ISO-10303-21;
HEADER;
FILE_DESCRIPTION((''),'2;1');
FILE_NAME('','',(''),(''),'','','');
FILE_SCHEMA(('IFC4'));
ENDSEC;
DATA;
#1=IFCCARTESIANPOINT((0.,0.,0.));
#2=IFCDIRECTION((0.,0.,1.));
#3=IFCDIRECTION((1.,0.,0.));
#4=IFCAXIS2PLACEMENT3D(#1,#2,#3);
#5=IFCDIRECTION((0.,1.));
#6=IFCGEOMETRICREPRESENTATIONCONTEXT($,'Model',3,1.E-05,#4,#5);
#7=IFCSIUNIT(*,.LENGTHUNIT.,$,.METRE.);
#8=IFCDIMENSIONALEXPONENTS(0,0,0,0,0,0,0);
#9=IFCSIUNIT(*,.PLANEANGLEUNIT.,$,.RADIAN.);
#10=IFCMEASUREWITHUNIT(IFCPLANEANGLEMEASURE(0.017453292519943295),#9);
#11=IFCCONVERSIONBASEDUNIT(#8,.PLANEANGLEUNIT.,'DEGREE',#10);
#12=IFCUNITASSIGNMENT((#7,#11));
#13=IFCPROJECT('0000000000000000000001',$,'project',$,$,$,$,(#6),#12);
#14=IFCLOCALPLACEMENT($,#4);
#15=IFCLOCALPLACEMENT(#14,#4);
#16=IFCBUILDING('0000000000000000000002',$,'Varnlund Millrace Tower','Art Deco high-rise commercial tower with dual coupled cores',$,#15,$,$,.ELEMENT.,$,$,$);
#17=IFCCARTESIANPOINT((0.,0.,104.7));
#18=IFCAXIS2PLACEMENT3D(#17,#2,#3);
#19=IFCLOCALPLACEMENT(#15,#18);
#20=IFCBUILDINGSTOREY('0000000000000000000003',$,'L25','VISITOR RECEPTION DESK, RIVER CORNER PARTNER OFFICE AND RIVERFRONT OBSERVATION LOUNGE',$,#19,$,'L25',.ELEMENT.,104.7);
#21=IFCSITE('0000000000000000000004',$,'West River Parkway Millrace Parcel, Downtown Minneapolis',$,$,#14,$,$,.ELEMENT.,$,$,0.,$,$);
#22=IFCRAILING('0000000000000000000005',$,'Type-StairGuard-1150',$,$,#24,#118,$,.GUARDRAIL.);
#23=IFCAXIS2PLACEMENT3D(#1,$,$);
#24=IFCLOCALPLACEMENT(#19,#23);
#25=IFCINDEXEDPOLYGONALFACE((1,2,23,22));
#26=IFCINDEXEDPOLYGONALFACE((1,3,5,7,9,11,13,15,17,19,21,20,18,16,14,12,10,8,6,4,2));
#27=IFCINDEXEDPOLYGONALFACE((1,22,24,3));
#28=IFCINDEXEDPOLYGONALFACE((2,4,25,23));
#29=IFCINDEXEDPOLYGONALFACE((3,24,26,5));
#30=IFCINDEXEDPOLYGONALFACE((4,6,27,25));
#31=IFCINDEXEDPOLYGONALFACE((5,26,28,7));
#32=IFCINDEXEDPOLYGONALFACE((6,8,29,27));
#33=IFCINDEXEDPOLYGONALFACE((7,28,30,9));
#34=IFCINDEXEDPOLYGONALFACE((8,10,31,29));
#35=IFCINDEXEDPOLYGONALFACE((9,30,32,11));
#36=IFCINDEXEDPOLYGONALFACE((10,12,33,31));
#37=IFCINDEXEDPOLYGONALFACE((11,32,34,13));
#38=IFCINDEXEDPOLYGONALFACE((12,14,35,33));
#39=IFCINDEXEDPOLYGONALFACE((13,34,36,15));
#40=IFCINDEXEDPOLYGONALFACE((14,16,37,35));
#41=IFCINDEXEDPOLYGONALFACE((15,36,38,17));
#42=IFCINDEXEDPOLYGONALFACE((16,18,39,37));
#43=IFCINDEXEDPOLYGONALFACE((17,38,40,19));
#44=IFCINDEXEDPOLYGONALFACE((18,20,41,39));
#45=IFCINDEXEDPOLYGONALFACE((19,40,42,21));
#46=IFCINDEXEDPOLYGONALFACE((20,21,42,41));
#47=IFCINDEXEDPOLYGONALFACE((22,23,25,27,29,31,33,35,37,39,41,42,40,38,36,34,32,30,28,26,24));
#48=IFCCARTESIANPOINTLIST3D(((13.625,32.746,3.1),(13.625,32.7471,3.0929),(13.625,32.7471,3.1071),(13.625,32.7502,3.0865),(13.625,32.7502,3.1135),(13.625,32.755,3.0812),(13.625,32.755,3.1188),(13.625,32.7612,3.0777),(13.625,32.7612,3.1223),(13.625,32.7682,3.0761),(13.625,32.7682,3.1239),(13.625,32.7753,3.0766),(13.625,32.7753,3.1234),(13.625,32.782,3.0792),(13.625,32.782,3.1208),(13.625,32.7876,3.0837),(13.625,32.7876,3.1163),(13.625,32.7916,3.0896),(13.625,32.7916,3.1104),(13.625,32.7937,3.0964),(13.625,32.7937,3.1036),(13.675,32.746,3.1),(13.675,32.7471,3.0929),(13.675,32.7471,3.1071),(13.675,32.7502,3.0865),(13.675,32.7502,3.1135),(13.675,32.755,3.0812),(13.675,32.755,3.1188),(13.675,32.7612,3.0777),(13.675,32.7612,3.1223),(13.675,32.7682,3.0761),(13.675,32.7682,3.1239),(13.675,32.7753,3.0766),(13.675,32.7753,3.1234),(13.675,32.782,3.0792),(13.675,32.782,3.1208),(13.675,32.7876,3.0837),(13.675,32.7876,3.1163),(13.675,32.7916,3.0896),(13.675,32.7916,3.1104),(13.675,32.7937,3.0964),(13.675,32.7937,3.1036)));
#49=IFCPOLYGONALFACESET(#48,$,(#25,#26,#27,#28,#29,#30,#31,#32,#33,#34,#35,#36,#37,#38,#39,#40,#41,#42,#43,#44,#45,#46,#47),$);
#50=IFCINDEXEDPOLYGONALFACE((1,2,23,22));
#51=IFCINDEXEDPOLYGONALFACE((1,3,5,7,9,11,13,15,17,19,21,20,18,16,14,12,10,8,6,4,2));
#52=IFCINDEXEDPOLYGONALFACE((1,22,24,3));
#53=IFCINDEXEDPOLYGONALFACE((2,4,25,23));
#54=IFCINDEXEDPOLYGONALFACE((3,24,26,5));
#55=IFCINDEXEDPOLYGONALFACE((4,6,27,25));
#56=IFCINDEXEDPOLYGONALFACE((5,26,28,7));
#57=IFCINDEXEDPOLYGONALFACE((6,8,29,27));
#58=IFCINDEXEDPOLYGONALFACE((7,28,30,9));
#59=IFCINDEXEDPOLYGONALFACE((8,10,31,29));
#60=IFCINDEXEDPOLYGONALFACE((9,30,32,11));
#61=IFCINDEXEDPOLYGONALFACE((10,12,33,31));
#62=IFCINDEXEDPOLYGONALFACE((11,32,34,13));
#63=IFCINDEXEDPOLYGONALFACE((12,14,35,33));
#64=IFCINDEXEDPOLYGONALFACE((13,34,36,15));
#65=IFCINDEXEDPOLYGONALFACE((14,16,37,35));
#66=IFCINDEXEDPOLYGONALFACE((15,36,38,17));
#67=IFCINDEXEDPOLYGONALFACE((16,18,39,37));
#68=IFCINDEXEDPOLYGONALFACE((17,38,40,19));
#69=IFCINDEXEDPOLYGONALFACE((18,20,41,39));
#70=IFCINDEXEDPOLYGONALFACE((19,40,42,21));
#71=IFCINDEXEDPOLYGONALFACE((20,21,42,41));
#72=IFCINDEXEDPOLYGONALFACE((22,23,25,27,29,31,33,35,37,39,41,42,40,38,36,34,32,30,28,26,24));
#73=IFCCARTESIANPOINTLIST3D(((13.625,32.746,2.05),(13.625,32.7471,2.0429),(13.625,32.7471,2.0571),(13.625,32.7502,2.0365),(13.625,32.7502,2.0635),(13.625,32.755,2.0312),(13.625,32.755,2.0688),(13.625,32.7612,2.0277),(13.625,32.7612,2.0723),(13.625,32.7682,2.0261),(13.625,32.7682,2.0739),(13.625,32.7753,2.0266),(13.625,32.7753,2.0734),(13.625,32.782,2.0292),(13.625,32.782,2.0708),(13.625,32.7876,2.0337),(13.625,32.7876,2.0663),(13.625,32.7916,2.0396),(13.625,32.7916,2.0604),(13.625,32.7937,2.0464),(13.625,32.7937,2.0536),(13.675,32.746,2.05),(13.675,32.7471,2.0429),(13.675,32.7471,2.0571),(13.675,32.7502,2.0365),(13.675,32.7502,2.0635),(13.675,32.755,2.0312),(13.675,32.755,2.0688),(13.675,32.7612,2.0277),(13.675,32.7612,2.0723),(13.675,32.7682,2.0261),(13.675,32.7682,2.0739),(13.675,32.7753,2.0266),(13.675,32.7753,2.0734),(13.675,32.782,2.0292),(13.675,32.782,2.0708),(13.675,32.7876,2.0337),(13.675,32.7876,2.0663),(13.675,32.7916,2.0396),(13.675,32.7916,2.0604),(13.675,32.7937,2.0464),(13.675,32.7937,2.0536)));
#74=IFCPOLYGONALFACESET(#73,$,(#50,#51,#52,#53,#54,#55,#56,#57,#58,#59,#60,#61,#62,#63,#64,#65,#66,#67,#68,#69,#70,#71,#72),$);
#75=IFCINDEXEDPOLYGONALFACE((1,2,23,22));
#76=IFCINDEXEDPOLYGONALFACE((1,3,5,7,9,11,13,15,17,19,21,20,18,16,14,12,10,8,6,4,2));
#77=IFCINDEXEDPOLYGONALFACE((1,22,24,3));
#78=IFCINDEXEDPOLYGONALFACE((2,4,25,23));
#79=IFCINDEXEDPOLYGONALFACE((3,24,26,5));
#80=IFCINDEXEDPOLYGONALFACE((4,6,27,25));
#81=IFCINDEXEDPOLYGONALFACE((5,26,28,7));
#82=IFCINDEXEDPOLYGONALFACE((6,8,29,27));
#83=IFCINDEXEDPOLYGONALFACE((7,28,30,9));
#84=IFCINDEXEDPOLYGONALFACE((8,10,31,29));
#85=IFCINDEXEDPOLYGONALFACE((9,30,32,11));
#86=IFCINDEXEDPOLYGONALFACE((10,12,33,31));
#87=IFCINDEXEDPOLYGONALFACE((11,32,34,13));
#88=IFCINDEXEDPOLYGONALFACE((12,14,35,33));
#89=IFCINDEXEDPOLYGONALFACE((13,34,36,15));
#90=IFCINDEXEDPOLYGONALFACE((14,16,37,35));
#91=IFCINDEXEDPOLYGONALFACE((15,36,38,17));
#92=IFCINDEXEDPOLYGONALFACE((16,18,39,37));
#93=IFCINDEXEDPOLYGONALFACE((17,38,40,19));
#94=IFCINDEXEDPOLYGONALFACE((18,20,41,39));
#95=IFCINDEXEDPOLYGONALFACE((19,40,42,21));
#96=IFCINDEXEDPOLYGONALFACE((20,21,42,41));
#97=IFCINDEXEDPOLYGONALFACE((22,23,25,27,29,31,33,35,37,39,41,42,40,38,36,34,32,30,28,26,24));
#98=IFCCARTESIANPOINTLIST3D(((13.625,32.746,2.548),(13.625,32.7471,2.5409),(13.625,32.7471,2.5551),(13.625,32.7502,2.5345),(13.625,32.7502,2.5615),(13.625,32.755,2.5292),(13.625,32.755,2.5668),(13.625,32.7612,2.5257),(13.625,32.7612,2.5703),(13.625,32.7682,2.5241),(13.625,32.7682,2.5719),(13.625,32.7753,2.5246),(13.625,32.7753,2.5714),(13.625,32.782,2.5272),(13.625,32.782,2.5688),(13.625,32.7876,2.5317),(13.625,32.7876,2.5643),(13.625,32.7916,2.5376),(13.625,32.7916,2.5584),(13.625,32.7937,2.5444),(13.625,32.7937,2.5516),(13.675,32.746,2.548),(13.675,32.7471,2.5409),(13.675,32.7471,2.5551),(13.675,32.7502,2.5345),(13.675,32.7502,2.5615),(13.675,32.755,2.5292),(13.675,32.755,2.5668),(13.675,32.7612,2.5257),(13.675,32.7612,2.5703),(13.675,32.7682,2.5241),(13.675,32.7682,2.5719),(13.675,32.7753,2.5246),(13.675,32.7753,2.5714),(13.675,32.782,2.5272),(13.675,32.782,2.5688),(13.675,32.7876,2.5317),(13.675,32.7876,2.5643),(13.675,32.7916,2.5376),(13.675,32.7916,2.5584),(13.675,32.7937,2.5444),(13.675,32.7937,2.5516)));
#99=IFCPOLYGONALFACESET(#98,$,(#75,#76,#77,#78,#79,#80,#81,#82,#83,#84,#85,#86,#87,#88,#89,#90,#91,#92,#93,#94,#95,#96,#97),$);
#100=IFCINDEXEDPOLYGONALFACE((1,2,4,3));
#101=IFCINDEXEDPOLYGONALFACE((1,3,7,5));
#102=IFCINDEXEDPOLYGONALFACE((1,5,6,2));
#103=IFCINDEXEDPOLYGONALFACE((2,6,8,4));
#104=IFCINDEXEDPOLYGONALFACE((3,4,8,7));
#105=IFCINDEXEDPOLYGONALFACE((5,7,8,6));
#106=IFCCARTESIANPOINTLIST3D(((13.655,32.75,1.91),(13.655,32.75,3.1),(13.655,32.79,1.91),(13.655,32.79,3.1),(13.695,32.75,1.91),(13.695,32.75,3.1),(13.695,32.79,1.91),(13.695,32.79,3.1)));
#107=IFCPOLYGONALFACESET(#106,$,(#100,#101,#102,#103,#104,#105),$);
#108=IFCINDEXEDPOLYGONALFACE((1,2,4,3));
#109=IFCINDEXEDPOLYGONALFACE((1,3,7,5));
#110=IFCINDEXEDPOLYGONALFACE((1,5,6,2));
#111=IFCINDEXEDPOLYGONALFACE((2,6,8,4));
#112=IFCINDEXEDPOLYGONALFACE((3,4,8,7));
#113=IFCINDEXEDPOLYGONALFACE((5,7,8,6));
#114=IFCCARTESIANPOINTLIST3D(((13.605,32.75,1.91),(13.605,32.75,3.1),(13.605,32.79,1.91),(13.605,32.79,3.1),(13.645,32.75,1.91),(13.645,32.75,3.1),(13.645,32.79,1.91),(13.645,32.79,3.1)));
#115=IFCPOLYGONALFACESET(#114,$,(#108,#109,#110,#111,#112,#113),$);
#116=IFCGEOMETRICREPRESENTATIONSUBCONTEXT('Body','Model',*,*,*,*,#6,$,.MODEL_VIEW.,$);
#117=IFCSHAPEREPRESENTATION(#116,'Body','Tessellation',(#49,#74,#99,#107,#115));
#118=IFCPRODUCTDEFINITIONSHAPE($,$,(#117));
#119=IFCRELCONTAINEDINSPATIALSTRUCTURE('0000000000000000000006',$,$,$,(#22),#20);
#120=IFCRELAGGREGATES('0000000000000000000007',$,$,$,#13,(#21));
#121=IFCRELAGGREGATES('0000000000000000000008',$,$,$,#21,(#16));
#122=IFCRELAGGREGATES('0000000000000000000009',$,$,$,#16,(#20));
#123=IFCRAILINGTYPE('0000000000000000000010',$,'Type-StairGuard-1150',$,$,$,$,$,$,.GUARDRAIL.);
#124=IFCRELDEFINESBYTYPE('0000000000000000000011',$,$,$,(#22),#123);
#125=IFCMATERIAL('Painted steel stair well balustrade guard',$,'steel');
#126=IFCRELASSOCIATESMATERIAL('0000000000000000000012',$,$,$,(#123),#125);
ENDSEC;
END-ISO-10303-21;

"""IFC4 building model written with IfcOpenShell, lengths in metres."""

from ifc_helpers import new_model, entity, si_unit, converted_unit, direction, frame, origin_with_axes, origin_2d_with_axis, place, context, subcontext, project, spatial, rectangle, circle, extrude, material, type_object, element, save


model = new_model("IFC4")

# Units and contexts
model_context = context("Model", 3, precision=1e-05, world=origin_with_axes(), true_north=direction((0.0, 1.0)))
body_context = subcontext(model_context, "Body", "Model", "MODEL_VIEW")
ifc_project = project(units=[si_unit("LENGTHUNIT", "METRE"), converted_unit("PLANEANGLEUNIT", "DEGREE", entity("IfcPlaneAngleMeasure", 0.017453292519943295), si_unit("PLANEANGLEUNIT", "RADIAN"), dimensions=[0, 0, 0, 0, 0, 0, 0])], contexts=[model_context])

# Site, building, storey
site_placement = place(None, origin_with_axes())
site = spatial("IfcSite", under=ifc_project, at=site_placement, Name="West River Parkway Millrace Parcel, Downtown Minneapolis", CompositionType="ELEMENT", RefElevation=0.0)
building_placement = place(site_placement, origin_with_axes())
building = spatial("IfcBuilding", under=site, at=building_placement, Name="Varnlund Millrace Tower", Description="Art Deco high-rise commercial tower with dual coupled cores", CompositionType="ELEMENT")
storey_placement = place(building_placement, frame((0.0, 0.0, 104.7), z_axis=(0.0, 0.0, 1.0), x_axis=(1.0, 0.0, 0.0)))
storey = spatial("IfcBuildingStorey", under=building, at=storey_placement, Name="L25", Description="VISITOR RECEPTION DESK, RIVER CORNER PARTNER OFFICE AND RIVERFRONT OBSERVATION LOUNGE", LongName="L25", CompositionType="ELEMENT", Elevation=104.7)

# Railing
ifc_material_1 = material(Name="Painted steel stair well balustrade guard", Category="steel")
railing_type_1 = type_object("IfcRailingType", Name="Type-StairGuard-1150", PredefinedType="GUARDRAIL", material=ifc_material_1)
railing_1_placement = place(storey_placement, frame((0.0, 0.0, -104.7), z_axis=(0.0, 0.0, 1.0), x_axis=(1.0, 0.0, 0.0)))
element("IfcRailing", 1, at=railing_1_placement, inside=storey, type_object=railing_type_1, Name="Type-StairGuard-1150", PredefinedType="GUARDRAIL", context=body_context, shape_type="SweptSolid", body=[
    extrude(circle(Radius=0.024, at=origin_2d_with_axis()), frame((13.675, 32.77, 107.8), z_axis=(-1.0, 0.0, 0.0), x_axis=(0.0, -1.0, 0.0)), (0.0, 0.0, 1.0), 0.05),
    extrude(circle(Radius=0.024, at=origin_2d_with_axis()), frame((13.675, 32.77, 106.75), z_axis=(-1.0, 0.0, 0.0), x_axis=(0.0, -1.0, 0.0)), (0.0, 0.0, 1.0), 0.05),
    extrude(circle(Radius=0.024, at=origin_2d_with_axis()), frame((13.675, 32.77, 107.248), z_axis=(-1.0, 0.0, 0.0), x_axis=(0.0, -1.0, 0.0)), (0.0, 0.0, 1.0), 0.05),
    extrude(rectangle(XDim=0.04, YDim=0.04, at=origin_2d_with_axis()), frame((13.675, 32.77, 106.61), z_axis=(0.0, 0.0, 1.0), x_axis=(1.0, 0.0, 0.0)), (0.0, 0.0, 1.0), 1.19),
    extrude(rectangle(XDim=0.04, YDim=0.04, at=origin_2d_with_axis()), frame((13.625, 32.77, 106.61), z_axis=(0.0, 0.0, 1.0), x_axis=(1.0, 0.0, 0.0)), (0.0, 0.0, 1.0), 1.19),
])

save(model, "model.ifc")
